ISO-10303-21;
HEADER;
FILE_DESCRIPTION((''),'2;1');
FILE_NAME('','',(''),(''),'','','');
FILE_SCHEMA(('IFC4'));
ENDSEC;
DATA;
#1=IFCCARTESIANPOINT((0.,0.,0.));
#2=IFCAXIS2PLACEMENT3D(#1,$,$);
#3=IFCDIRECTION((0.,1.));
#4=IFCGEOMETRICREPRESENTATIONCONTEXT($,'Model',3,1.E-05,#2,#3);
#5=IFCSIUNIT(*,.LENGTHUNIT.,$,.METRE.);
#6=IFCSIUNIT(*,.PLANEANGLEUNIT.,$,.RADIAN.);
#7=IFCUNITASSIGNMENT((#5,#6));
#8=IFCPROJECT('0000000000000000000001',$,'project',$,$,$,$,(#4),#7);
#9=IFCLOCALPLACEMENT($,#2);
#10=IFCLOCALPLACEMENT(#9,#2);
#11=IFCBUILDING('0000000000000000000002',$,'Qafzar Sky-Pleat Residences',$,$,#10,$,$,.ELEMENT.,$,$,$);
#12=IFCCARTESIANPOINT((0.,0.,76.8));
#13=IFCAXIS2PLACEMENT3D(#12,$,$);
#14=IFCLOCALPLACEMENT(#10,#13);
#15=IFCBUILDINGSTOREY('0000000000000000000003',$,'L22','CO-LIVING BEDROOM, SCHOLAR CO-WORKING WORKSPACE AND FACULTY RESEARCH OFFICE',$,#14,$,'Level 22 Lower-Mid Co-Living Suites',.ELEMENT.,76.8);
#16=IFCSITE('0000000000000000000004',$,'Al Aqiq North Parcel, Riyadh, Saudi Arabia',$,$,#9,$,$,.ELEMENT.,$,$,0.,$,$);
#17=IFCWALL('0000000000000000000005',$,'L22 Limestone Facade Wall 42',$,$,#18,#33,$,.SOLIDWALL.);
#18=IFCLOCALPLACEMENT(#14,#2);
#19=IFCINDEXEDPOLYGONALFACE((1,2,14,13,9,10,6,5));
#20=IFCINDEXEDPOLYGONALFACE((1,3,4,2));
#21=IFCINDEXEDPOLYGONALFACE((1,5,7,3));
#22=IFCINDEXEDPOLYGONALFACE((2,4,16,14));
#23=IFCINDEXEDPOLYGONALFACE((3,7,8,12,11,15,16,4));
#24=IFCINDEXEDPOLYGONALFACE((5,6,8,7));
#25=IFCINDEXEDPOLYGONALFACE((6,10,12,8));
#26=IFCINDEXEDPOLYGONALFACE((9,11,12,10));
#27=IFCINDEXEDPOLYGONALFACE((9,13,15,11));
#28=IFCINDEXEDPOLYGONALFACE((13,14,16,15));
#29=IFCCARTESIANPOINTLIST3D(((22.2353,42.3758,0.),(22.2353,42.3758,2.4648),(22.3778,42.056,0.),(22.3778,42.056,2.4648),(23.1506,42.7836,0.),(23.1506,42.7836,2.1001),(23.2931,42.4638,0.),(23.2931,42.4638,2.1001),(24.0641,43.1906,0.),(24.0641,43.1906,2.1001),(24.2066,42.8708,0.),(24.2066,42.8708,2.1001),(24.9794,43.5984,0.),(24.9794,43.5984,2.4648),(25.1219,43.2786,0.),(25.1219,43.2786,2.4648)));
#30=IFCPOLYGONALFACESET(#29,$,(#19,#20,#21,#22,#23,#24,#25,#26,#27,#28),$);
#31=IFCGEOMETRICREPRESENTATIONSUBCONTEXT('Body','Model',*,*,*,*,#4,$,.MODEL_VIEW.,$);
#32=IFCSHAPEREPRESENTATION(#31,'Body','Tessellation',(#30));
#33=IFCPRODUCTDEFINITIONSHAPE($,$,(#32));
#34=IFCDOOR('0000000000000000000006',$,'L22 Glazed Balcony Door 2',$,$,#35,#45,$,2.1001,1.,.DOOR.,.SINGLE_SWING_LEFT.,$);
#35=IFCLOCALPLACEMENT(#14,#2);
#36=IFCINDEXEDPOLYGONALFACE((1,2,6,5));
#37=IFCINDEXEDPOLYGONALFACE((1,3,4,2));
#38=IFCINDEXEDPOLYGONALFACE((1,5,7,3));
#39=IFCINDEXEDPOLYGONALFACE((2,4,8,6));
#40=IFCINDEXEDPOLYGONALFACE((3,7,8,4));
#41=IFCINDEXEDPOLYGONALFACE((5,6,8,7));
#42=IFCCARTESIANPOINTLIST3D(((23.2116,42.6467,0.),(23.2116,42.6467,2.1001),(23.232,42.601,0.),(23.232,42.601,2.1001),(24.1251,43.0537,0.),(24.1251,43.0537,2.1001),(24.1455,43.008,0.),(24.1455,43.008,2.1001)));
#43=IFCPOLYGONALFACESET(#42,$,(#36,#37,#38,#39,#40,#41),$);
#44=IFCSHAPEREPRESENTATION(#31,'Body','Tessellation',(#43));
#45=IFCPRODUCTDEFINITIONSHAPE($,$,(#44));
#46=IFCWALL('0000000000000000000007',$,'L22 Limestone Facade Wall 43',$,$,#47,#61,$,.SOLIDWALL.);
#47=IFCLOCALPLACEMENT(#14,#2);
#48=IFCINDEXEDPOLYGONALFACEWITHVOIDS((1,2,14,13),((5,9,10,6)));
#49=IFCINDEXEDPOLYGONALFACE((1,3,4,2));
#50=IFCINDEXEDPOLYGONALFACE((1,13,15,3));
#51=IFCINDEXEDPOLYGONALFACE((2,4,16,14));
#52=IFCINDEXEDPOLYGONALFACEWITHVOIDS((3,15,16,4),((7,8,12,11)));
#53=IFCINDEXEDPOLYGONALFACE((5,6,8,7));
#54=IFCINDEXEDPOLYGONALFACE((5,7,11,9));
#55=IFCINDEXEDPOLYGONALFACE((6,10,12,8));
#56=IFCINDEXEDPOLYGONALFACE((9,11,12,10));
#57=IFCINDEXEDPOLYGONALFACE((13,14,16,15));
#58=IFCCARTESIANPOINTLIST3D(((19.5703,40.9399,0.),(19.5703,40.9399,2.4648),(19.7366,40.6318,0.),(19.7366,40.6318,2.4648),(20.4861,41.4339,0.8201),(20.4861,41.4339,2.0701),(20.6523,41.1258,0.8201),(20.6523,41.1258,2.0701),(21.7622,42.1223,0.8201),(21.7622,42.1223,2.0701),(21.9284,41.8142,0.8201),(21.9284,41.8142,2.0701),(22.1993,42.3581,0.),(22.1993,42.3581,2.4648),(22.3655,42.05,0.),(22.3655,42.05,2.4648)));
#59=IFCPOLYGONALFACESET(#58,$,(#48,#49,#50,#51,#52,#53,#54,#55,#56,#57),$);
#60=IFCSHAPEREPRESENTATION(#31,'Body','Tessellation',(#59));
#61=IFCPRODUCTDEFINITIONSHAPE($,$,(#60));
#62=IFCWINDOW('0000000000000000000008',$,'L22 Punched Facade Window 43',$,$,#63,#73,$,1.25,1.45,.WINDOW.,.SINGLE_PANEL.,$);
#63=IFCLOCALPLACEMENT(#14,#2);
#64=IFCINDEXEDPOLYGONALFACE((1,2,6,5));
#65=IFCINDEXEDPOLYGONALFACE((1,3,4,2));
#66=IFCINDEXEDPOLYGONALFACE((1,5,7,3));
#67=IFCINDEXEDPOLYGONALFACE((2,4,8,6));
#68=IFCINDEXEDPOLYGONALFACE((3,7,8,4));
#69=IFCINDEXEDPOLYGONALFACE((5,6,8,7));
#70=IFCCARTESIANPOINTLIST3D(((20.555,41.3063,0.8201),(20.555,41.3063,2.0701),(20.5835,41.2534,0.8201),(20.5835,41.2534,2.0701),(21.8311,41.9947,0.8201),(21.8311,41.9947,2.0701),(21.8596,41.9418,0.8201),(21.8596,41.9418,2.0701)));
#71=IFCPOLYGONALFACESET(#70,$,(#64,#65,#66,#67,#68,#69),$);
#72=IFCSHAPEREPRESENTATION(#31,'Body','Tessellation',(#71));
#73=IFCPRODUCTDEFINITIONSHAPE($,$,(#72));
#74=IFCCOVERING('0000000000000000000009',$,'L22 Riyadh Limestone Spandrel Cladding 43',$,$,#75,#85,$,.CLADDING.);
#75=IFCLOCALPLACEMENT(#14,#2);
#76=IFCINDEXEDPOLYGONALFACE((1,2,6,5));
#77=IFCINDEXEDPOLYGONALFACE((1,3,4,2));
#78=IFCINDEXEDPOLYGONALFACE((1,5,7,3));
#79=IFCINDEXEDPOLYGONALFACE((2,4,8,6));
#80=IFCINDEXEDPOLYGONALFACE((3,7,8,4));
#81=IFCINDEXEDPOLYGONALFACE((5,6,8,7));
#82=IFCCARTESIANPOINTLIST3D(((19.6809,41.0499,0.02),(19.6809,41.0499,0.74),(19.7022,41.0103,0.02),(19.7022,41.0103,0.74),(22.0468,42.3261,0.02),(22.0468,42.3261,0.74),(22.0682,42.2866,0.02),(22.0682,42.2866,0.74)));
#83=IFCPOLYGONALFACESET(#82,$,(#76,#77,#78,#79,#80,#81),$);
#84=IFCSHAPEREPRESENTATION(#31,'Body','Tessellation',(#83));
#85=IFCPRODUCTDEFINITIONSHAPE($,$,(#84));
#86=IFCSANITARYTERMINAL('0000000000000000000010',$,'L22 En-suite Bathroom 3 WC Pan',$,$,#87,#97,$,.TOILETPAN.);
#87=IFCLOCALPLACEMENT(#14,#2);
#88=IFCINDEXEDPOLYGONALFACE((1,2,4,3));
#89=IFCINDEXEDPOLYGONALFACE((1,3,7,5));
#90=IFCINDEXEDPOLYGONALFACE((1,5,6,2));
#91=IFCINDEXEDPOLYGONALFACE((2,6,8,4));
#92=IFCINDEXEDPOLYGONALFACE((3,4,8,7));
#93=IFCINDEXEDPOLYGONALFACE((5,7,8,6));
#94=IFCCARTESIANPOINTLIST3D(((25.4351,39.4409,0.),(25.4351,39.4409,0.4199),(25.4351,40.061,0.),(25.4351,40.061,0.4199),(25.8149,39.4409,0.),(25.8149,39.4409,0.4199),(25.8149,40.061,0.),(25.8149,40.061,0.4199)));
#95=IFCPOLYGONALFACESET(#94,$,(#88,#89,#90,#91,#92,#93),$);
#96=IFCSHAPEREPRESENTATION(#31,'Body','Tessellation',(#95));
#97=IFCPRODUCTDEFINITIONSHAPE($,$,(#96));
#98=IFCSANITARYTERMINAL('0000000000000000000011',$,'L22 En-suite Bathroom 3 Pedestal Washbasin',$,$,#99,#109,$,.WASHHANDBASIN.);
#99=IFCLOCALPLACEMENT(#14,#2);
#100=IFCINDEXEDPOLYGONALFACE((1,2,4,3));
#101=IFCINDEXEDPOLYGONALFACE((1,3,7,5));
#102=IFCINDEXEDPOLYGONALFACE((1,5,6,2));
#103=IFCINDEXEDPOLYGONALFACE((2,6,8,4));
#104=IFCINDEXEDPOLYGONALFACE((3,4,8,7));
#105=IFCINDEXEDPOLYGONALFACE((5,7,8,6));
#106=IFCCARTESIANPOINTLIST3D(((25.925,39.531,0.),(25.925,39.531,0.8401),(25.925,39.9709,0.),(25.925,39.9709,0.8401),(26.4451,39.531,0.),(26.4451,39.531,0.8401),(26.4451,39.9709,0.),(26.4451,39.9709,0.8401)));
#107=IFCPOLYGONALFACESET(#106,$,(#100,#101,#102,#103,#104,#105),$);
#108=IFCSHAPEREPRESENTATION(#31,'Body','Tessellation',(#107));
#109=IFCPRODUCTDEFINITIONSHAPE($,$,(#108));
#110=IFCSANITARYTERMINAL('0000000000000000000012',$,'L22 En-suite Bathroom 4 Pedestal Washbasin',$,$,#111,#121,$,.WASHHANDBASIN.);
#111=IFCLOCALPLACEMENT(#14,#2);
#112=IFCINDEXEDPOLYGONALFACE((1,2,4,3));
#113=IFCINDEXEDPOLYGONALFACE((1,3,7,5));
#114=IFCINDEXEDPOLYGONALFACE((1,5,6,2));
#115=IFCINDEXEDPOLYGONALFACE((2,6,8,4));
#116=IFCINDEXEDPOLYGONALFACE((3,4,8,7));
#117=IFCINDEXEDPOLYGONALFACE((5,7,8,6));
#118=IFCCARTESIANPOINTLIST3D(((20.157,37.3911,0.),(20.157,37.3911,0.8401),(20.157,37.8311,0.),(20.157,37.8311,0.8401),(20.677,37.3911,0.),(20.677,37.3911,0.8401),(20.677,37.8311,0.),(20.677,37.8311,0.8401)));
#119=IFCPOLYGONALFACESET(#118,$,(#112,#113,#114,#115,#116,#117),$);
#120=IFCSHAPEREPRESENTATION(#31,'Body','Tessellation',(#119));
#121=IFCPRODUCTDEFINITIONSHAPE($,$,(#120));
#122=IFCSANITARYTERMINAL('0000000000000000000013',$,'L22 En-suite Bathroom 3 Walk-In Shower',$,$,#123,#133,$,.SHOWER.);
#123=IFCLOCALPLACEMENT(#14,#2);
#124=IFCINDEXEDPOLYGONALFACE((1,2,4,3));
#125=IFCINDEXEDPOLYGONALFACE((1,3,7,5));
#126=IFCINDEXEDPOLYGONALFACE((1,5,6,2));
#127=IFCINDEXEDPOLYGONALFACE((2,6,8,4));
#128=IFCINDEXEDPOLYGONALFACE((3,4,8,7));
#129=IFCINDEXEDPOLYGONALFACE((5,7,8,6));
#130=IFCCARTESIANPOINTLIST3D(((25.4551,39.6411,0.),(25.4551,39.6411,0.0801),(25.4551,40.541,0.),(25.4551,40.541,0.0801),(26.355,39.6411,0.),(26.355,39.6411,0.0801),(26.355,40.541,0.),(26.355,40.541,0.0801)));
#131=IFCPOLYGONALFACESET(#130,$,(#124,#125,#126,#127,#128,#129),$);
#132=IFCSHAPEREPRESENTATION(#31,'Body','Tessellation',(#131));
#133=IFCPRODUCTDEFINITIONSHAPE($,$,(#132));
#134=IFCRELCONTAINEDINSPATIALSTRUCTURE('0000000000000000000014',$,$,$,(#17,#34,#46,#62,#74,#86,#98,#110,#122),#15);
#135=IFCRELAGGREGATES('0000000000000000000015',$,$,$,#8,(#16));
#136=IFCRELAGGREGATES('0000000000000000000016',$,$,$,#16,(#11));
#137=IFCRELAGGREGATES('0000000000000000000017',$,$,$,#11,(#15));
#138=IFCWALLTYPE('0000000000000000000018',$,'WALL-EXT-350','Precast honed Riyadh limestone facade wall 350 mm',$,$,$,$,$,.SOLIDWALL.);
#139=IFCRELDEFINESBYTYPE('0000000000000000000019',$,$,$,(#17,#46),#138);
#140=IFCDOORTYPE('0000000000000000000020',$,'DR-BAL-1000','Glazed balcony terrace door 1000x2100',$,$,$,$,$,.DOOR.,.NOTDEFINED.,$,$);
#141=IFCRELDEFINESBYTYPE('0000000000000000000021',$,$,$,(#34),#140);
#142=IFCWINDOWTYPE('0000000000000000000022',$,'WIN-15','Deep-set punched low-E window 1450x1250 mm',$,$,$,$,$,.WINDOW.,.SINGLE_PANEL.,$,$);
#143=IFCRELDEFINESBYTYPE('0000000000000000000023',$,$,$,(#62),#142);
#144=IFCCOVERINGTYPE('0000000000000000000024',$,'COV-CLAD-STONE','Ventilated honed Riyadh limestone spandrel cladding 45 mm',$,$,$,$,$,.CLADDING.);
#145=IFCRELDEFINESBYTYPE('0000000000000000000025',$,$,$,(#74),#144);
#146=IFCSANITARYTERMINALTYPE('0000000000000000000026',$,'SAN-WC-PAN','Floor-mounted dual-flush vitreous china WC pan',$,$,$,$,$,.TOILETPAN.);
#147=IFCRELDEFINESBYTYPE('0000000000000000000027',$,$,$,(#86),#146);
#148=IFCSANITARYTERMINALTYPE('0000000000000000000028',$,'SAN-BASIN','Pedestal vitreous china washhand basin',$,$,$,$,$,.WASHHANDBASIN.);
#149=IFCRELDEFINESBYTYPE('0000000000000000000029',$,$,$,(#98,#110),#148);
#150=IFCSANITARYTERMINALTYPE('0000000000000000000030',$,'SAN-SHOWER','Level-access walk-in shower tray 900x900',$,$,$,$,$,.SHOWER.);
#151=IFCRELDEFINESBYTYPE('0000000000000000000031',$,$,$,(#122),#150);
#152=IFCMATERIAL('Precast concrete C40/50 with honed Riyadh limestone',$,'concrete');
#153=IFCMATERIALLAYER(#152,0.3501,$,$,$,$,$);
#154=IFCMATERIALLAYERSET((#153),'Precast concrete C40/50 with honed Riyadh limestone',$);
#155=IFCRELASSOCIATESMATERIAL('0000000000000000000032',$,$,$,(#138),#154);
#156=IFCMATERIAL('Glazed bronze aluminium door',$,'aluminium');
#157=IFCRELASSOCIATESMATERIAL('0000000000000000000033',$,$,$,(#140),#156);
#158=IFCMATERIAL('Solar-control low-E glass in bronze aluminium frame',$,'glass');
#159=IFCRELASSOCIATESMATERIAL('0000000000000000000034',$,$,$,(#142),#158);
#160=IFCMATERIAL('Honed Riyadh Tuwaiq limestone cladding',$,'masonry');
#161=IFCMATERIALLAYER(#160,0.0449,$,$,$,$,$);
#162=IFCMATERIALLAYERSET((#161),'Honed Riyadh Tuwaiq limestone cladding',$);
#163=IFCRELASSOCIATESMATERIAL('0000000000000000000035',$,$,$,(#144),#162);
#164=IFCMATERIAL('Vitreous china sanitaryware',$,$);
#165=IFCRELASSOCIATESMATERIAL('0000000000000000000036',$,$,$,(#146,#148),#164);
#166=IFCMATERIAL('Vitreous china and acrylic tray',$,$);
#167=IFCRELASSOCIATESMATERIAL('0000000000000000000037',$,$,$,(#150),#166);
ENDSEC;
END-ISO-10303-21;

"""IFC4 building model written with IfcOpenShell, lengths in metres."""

from ifc_helpers import new_model, si_unit, direction, frame, frame_2d, origin, origin_2d, place, context, subcontext, project, spatial, rectangle, extrude, source, transform, mapped, material, layer, layer_set, type_object, element, fill, save


model = new_model("IFC4")

# Units and contexts
model_context = context("Model", 3, precision=1e-05, world=origin(), true_north=direction((0.0, 1.0)))
body_context = subcontext(model_context, "Body", "Model", "MODEL_VIEW")
ifc_project = project(units=[si_unit("LENGTHUNIT", "METRE"), si_unit("PLANEANGLEUNIT", "RADIAN")], contexts=[model_context])

# Site, building, storey
site_placement = place(None, origin())
site = spatial("IfcSite", under=ifc_project, at=site_placement, Name="Al Aqiq North Parcel, Riyadh, Saudi Arabia", CompositionType="ELEMENT", RefElevation=0.0)
building_placement = place(site_placement, origin())
building = spatial("IfcBuilding", under=site, at=building_placement, Name="Qafzar Sky-Pleat Residences", CompositionType="ELEMENT")
storey_placement = place(building_placement, frame((0.0, 0.0, 76.8)))
storey = spatial("IfcBuildingStorey", under=building, at=storey_placement, Name="L22", Description="CO-LIVING BEDROOM, SCHOLAR CO-WORKING WORKSPACE AND FACULTY RESEARCH OFFICE", LongName="Level 22 Lower-Mid Co-Living Suites", CompositionType="ELEMENT", Elevation=76.8)

# Shared definitions
ifc_material_1 = material(Name="Precast concrete C40/50 with honed Riyadh limestone", Category="concrete")
ifc_layer_1 = layer(ifc_material_1, 0.3501)
ifc_layer_set_1 = layer_set([ifc_layer_1], Name="Precast concrete C40/50 with honed Riyadh limestone")
wall_type_1 = type_object("IfcWallType", Name="WALL-EXT-350", Description="Precast honed Riyadh limestone facade wall 350 mm", PredefinedType="SOLIDWALL", material=ifc_layer_set_1)

# Wall, opening, door
wall_1_placement = place(storey_placement, frame((25.0505, 43.4385, 0.0), z_axis=(0.0, 0.0, 1.0), x_axis=(-0.913436, -0.406983, 0.0)))
wall_1 = element("IfcWall", 1, at=wall_1_placement, inside=storey, type_object=wall_type_1, Name="L22 Limestone Facade Wall 42", PredefinedType="SOLIDWALL", context=body_context, shape_type="SweptSolid", body=[
    extrude(rectangle(XDim=3.0042, YDim=0.3501, at=frame_2d((1.502, 0.0))), origin(), (0.0, 0.0, 1.0), 2.4648),
])
opening_1_placement = place(wall_1_placement, frame((1.002, 0.0, 0.0)))
opening_1 = element("IfcOpeningElement", 2, at=opening_1_placement, cuts=wall_1, PredefinedType="OPENING", context=body_context, shape_type="SweptSolid", body=[
    extrude(rectangle(XDim=1.0, YDim=2.1001, at=frame_2d((0.5, 1.05))), frame((0.0, 0.1851, 0.0), z_axis=(0.0, -1.0, 0.0), x_axis=(1.0, 0.0, 0.0)), (0.0, 0.0, 1.0), 0.3701),
])
ifc_material_2 = material(Name="Glazed bronze aluminium door", Category="aluminium")
door_type_1 = type_object("IfcDoorType", Name="DR-BAL-1000", Description="Glazed balcony terrace door 1000x2100", OperationType="NOTDEFINED", PredefinedType="DOOR", material=ifc_material_2)
shared_shape_1 = source(origin(), body_context, "Body", "SweptSolid", [
    extrude(rectangle(XDim=1.0, YDim=2.1001, at=frame_2d((0.5, 1.05))), frame((0.0, 0.0249, 0.0), z_axis=(0.0, -1.0, 0.0), x_axis=(1.0, 0.0, 0.0)), (0.0, 0.0, 1.0), 0.05),
])
door_1_placement = place(opening_1_placement, origin())
door_1 = element("IfcDoor", 3, at=door_1_placement, inside=storey, type_object=door_type_1, Name="L22 Glazed Balcony Door 2", OperationType="SINGLE_SWING_LEFT", OverallHeight=2.1001, OverallWidth=1.0, PredefinedType="DOOR", context=body_context, shape_type="MappedRepresentation", body=[
    mapped(shared_shape_1, transform((0.0, 0.0, 0.0), x_axis=(1.0, 0.0, 0.0), y_axis=(0.0, 1.0, 0.0), z_axis=(0.0, 0.0, 1.0), scale=1.0)),
])
fill(opening_1, door_1)

# Wall, opening, window
wall_2_placement = place(storey_placement, frame((22.2825, 42.2041, 0.0), z_axis=(0.0, 0.0, 1.0), x_axis=(-0.880101, -0.474787, 0.0)))
wall_2 = element("IfcWall", 4, at=wall_2_placement, inside=storey, type_object=wall_type_1, Name="L22 Limestone Facade Wall 43", PredefinedType="SOLIDWALL", context=body_context, shape_type="SweptSolid", body=[
    extrude(rectangle(XDim=2.9871, YDim=0.3501, at=frame_2d((1.4937, 0.0))), origin(), (0.0, 0.0, 1.0), 2.4648),
])
opening_2_placement = place(wall_2_placement, frame((0.4966, 0.0, 0.8201)))
opening_2 = element("IfcOpeningElement", 5, at=opening_2_placement, cuts=wall_2, PredefinedType="OPENING", context=body_context, shape_type="SweptSolid", body=[
    extrude(rectangle(XDim=1.45, YDim=1.25, at=frame_2d((0.7251, 0.625))), frame((0.0, 0.1851, 0.0), z_axis=(0.0, -1.0, 0.0), x_axis=(1.0, 0.0, 0.0)), (0.0, 0.0, 1.0), 0.3701),
])
ifc_material_3 = material(Name="Solar-control low-E glass in bronze aluminium frame", Category="glass")
window_type = type_object("IfcWindowType", Name="WIN-15", Description="Deep-set punched low-E window 1450x1250 mm", PartitioningType="SINGLE_PANEL", PredefinedType="WINDOW", material=ifc_material_3)
shared_shape_2 = source(origin(), body_context, "Body", "SweptSolid", [
    extrude(rectangle(XDim=1.45, YDim=1.25, at=frame_2d((0.7251, 0.625))), frame((0.0, 0.03, 0.0), z_axis=(0.0, -1.0, 0.0), x_axis=(1.0, 0.0, 0.0)), (0.0, 0.0, 1.0), 0.0601),
])
window_placement = place(opening_2_placement, origin())
window = element("IfcWindow", 6, at=window_placement, inside=storey, type_object=window_type, Name="L22 Punched Facade Window 43", OverallHeight=1.25, OverallWidth=1.45, PartitioningType="SINGLE_PANEL", PredefinedType="WINDOW", context=body_context, shape_type="MappedRepresentation", body=[
    mapped(shared_shape_2, transform((0.0, 0.0, 0.0), x_axis=(1.0, 0.0, 0.0), y_axis=(0.0, 1.0, 0.0), z_axis=(0.0, 0.0, 1.0), scale=1.0)),
])
fill(opening_2, window)

# Covering
ifc_material_4 = material(Name="Honed Riyadh Tuwaiq limestone cladding", Category="masonry")
ifc_layer_2 = layer(ifc_material_4, 0.0449)
ifc_layer_set_2 = layer_set([ifc_layer_2], Name="Honed Riyadh Tuwaiq limestone cladding")
covering_type = type_object("IfcCoveringType", Name="COV-CLAD-STONE", Description="Ventilated honed Riyadh limestone spandrel cladding 45 mm", PredefinedType="CLADDING", material=ifc_layer_set_2)
shared_shape_3 = source(origin(), body_context, "Body", "SweptSolid", [
    extrude(rectangle(XDim=2.6882, YDim=0.0449, at=origin_2d()), origin(), (0.0, 0.0, 1.0), 0.72),
])
covering_placement = place(storey_placement, frame((20.8745, 41.6682, 0.02), z_axis=(0.0, 0.0, 1.0), x_axis=(-0.880124, -0.474745, 0.0)))
element("IfcCovering", 7, at=covering_placement, inside=storey, type_object=covering_type, Name="L22 Riyadh Limestone Spandrel Cladding 43", PredefinedType="CLADDING", context=body_context, shape_type="MappedRepresentation", body=[
    mapped(shared_shape_3, transform((0.0, 0.0, 0.0), x_axis=(1.0, 0.0, 0.0), y_axis=(0.0, 1.0, 0.0), z_axis=(0.0, 0.0, 1.0), scale=1.0)),
])

# Sanitary terminals
ifc_material_5 = material(Name="Vitreous china sanitaryware")
sanitary_terminal_type_1 = type_object("IfcSanitaryTerminalType", Name="SAN-WC-PAN", Description="Floor-mounted dual-flush vitreous china WC pan", PredefinedType="TOILETPAN", material=ifc_material_5)
shared_shape_4 = source(origin(), body_context, "Body", "SweptSolid", [
    extrude(rectangle(XDim=0.3799, YDim=0.6201, at=origin_2d()), origin(), (0.0, 0.0, 1.0), 0.4199),
])
sanitary_terminal_1_placement = place(storey_placement, frame((25.625, 39.751, 0.0), z_axis=(0.0, 0.0, 1.0), x_axis=(1.0, 0.0, 0.0)))
element("IfcSanitaryTerminal", 8, at=sanitary_terminal_1_placement, inside=storey, type_object=sanitary_terminal_type_1, Name="L22 En-suite Bathroom 3 WC Pan", PredefinedType="TOILETPAN", context=body_context, shape_type="MappedRepresentation", body=[
    mapped(shared_shape_4, transform((0.0, 0.0, 0.0), x_axis=(1.0, 0.0, 0.0), y_axis=(0.0, 1.0, 0.0), z_axis=(0.0, 0.0, 1.0), scale=1.0)),
])
sanitary_terminal_type_2 = type_object("IfcSanitaryTerminalType", Name="SAN-BASIN", Description="Pedestal vitreous china washhand basin", PredefinedType="WASHHANDBASIN", material=ifc_material_5)
shared_shape_5 = source(origin(), body_context, "Body", "SweptSolid", [
    extrude(rectangle(XDim=0.52, YDim=0.4399, at=origin_2d()), origin(), (0.0, 0.0, 1.0), 0.8401),
])
for number, where, z_axis, x_axis, name in (
    (9, (26.1851, 39.751, 0.0), (0.0, 0.0, 1.0), (1.0, 0.0, 0.0), "L22 En-suite Bathroom 3 Pedestal Washbasin"),
    (10, (20.417, 37.6111, 0.0), (0.0, 0.0, 1.0), (1.0, 0.0, 0.0), "L22 En-suite Bathroom 4 Pedestal Washbasin"),
):
    element("IfcSanitaryTerminal", number, at=place(storey_placement, frame(where, z_axis=z_axis, x_axis=x_axis)), inside=storey, type_object=sanitary_terminal_type_2, Name=name, PredefinedType="WASHHANDBASIN", context=body_context, shape_type="MappedRepresentation", body=[
        mapped(shared_shape_5, transform((0.0, 0.0, 0.0), x_axis=(1.0, 0.0, 0.0), y_axis=(0.0, 1.0, 0.0), z_axis=(0.0, 0.0, 1.0), scale=1.0)),
    ])
ifc_material_6 = material(Name="Vitreous china and acrylic tray")
sanitary_terminal_type_3 = type_object("IfcSanitaryTerminalType", Name="SAN-SHOWER", Description="Level-access walk-in shower tray 900x900", PredefinedType="SHOWER", material=ifc_material_6)
shared_shape_6 = source(origin(), body_context, "Body", "SweptSolid", [
    extrude(rectangle(XDim=0.8999, YDim=0.8999, at=origin_2d()), origin(), (0.0, 0.0, 1.0), 0.0801),
])
sanitary_terminal_2_placement = place(storey_placement, frame((25.905, 40.0911, 0.0), z_axis=(0.0, 0.0, 1.0), x_axis=(1.0, 0.0, 0.0)))
element("IfcSanitaryTerminal", 11, at=sanitary_terminal_2_placement, inside=storey, type_object=sanitary_terminal_type_3, Name="L22 En-suite Bathroom 3 Walk-In Shower", PredefinedType="SHOWER", context=body_context, shape_type="MappedRepresentation", body=[
    mapped(shared_shape_6, transform((0.0, 0.0, 0.0), x_axis=(1.0, 0.0, 0.0), y_axis=(0.0, 1.0, 0.0), z_axis=(0.0, 0.0, 1.0), scale=1.0)),
])

save(model, "model.ifc")
